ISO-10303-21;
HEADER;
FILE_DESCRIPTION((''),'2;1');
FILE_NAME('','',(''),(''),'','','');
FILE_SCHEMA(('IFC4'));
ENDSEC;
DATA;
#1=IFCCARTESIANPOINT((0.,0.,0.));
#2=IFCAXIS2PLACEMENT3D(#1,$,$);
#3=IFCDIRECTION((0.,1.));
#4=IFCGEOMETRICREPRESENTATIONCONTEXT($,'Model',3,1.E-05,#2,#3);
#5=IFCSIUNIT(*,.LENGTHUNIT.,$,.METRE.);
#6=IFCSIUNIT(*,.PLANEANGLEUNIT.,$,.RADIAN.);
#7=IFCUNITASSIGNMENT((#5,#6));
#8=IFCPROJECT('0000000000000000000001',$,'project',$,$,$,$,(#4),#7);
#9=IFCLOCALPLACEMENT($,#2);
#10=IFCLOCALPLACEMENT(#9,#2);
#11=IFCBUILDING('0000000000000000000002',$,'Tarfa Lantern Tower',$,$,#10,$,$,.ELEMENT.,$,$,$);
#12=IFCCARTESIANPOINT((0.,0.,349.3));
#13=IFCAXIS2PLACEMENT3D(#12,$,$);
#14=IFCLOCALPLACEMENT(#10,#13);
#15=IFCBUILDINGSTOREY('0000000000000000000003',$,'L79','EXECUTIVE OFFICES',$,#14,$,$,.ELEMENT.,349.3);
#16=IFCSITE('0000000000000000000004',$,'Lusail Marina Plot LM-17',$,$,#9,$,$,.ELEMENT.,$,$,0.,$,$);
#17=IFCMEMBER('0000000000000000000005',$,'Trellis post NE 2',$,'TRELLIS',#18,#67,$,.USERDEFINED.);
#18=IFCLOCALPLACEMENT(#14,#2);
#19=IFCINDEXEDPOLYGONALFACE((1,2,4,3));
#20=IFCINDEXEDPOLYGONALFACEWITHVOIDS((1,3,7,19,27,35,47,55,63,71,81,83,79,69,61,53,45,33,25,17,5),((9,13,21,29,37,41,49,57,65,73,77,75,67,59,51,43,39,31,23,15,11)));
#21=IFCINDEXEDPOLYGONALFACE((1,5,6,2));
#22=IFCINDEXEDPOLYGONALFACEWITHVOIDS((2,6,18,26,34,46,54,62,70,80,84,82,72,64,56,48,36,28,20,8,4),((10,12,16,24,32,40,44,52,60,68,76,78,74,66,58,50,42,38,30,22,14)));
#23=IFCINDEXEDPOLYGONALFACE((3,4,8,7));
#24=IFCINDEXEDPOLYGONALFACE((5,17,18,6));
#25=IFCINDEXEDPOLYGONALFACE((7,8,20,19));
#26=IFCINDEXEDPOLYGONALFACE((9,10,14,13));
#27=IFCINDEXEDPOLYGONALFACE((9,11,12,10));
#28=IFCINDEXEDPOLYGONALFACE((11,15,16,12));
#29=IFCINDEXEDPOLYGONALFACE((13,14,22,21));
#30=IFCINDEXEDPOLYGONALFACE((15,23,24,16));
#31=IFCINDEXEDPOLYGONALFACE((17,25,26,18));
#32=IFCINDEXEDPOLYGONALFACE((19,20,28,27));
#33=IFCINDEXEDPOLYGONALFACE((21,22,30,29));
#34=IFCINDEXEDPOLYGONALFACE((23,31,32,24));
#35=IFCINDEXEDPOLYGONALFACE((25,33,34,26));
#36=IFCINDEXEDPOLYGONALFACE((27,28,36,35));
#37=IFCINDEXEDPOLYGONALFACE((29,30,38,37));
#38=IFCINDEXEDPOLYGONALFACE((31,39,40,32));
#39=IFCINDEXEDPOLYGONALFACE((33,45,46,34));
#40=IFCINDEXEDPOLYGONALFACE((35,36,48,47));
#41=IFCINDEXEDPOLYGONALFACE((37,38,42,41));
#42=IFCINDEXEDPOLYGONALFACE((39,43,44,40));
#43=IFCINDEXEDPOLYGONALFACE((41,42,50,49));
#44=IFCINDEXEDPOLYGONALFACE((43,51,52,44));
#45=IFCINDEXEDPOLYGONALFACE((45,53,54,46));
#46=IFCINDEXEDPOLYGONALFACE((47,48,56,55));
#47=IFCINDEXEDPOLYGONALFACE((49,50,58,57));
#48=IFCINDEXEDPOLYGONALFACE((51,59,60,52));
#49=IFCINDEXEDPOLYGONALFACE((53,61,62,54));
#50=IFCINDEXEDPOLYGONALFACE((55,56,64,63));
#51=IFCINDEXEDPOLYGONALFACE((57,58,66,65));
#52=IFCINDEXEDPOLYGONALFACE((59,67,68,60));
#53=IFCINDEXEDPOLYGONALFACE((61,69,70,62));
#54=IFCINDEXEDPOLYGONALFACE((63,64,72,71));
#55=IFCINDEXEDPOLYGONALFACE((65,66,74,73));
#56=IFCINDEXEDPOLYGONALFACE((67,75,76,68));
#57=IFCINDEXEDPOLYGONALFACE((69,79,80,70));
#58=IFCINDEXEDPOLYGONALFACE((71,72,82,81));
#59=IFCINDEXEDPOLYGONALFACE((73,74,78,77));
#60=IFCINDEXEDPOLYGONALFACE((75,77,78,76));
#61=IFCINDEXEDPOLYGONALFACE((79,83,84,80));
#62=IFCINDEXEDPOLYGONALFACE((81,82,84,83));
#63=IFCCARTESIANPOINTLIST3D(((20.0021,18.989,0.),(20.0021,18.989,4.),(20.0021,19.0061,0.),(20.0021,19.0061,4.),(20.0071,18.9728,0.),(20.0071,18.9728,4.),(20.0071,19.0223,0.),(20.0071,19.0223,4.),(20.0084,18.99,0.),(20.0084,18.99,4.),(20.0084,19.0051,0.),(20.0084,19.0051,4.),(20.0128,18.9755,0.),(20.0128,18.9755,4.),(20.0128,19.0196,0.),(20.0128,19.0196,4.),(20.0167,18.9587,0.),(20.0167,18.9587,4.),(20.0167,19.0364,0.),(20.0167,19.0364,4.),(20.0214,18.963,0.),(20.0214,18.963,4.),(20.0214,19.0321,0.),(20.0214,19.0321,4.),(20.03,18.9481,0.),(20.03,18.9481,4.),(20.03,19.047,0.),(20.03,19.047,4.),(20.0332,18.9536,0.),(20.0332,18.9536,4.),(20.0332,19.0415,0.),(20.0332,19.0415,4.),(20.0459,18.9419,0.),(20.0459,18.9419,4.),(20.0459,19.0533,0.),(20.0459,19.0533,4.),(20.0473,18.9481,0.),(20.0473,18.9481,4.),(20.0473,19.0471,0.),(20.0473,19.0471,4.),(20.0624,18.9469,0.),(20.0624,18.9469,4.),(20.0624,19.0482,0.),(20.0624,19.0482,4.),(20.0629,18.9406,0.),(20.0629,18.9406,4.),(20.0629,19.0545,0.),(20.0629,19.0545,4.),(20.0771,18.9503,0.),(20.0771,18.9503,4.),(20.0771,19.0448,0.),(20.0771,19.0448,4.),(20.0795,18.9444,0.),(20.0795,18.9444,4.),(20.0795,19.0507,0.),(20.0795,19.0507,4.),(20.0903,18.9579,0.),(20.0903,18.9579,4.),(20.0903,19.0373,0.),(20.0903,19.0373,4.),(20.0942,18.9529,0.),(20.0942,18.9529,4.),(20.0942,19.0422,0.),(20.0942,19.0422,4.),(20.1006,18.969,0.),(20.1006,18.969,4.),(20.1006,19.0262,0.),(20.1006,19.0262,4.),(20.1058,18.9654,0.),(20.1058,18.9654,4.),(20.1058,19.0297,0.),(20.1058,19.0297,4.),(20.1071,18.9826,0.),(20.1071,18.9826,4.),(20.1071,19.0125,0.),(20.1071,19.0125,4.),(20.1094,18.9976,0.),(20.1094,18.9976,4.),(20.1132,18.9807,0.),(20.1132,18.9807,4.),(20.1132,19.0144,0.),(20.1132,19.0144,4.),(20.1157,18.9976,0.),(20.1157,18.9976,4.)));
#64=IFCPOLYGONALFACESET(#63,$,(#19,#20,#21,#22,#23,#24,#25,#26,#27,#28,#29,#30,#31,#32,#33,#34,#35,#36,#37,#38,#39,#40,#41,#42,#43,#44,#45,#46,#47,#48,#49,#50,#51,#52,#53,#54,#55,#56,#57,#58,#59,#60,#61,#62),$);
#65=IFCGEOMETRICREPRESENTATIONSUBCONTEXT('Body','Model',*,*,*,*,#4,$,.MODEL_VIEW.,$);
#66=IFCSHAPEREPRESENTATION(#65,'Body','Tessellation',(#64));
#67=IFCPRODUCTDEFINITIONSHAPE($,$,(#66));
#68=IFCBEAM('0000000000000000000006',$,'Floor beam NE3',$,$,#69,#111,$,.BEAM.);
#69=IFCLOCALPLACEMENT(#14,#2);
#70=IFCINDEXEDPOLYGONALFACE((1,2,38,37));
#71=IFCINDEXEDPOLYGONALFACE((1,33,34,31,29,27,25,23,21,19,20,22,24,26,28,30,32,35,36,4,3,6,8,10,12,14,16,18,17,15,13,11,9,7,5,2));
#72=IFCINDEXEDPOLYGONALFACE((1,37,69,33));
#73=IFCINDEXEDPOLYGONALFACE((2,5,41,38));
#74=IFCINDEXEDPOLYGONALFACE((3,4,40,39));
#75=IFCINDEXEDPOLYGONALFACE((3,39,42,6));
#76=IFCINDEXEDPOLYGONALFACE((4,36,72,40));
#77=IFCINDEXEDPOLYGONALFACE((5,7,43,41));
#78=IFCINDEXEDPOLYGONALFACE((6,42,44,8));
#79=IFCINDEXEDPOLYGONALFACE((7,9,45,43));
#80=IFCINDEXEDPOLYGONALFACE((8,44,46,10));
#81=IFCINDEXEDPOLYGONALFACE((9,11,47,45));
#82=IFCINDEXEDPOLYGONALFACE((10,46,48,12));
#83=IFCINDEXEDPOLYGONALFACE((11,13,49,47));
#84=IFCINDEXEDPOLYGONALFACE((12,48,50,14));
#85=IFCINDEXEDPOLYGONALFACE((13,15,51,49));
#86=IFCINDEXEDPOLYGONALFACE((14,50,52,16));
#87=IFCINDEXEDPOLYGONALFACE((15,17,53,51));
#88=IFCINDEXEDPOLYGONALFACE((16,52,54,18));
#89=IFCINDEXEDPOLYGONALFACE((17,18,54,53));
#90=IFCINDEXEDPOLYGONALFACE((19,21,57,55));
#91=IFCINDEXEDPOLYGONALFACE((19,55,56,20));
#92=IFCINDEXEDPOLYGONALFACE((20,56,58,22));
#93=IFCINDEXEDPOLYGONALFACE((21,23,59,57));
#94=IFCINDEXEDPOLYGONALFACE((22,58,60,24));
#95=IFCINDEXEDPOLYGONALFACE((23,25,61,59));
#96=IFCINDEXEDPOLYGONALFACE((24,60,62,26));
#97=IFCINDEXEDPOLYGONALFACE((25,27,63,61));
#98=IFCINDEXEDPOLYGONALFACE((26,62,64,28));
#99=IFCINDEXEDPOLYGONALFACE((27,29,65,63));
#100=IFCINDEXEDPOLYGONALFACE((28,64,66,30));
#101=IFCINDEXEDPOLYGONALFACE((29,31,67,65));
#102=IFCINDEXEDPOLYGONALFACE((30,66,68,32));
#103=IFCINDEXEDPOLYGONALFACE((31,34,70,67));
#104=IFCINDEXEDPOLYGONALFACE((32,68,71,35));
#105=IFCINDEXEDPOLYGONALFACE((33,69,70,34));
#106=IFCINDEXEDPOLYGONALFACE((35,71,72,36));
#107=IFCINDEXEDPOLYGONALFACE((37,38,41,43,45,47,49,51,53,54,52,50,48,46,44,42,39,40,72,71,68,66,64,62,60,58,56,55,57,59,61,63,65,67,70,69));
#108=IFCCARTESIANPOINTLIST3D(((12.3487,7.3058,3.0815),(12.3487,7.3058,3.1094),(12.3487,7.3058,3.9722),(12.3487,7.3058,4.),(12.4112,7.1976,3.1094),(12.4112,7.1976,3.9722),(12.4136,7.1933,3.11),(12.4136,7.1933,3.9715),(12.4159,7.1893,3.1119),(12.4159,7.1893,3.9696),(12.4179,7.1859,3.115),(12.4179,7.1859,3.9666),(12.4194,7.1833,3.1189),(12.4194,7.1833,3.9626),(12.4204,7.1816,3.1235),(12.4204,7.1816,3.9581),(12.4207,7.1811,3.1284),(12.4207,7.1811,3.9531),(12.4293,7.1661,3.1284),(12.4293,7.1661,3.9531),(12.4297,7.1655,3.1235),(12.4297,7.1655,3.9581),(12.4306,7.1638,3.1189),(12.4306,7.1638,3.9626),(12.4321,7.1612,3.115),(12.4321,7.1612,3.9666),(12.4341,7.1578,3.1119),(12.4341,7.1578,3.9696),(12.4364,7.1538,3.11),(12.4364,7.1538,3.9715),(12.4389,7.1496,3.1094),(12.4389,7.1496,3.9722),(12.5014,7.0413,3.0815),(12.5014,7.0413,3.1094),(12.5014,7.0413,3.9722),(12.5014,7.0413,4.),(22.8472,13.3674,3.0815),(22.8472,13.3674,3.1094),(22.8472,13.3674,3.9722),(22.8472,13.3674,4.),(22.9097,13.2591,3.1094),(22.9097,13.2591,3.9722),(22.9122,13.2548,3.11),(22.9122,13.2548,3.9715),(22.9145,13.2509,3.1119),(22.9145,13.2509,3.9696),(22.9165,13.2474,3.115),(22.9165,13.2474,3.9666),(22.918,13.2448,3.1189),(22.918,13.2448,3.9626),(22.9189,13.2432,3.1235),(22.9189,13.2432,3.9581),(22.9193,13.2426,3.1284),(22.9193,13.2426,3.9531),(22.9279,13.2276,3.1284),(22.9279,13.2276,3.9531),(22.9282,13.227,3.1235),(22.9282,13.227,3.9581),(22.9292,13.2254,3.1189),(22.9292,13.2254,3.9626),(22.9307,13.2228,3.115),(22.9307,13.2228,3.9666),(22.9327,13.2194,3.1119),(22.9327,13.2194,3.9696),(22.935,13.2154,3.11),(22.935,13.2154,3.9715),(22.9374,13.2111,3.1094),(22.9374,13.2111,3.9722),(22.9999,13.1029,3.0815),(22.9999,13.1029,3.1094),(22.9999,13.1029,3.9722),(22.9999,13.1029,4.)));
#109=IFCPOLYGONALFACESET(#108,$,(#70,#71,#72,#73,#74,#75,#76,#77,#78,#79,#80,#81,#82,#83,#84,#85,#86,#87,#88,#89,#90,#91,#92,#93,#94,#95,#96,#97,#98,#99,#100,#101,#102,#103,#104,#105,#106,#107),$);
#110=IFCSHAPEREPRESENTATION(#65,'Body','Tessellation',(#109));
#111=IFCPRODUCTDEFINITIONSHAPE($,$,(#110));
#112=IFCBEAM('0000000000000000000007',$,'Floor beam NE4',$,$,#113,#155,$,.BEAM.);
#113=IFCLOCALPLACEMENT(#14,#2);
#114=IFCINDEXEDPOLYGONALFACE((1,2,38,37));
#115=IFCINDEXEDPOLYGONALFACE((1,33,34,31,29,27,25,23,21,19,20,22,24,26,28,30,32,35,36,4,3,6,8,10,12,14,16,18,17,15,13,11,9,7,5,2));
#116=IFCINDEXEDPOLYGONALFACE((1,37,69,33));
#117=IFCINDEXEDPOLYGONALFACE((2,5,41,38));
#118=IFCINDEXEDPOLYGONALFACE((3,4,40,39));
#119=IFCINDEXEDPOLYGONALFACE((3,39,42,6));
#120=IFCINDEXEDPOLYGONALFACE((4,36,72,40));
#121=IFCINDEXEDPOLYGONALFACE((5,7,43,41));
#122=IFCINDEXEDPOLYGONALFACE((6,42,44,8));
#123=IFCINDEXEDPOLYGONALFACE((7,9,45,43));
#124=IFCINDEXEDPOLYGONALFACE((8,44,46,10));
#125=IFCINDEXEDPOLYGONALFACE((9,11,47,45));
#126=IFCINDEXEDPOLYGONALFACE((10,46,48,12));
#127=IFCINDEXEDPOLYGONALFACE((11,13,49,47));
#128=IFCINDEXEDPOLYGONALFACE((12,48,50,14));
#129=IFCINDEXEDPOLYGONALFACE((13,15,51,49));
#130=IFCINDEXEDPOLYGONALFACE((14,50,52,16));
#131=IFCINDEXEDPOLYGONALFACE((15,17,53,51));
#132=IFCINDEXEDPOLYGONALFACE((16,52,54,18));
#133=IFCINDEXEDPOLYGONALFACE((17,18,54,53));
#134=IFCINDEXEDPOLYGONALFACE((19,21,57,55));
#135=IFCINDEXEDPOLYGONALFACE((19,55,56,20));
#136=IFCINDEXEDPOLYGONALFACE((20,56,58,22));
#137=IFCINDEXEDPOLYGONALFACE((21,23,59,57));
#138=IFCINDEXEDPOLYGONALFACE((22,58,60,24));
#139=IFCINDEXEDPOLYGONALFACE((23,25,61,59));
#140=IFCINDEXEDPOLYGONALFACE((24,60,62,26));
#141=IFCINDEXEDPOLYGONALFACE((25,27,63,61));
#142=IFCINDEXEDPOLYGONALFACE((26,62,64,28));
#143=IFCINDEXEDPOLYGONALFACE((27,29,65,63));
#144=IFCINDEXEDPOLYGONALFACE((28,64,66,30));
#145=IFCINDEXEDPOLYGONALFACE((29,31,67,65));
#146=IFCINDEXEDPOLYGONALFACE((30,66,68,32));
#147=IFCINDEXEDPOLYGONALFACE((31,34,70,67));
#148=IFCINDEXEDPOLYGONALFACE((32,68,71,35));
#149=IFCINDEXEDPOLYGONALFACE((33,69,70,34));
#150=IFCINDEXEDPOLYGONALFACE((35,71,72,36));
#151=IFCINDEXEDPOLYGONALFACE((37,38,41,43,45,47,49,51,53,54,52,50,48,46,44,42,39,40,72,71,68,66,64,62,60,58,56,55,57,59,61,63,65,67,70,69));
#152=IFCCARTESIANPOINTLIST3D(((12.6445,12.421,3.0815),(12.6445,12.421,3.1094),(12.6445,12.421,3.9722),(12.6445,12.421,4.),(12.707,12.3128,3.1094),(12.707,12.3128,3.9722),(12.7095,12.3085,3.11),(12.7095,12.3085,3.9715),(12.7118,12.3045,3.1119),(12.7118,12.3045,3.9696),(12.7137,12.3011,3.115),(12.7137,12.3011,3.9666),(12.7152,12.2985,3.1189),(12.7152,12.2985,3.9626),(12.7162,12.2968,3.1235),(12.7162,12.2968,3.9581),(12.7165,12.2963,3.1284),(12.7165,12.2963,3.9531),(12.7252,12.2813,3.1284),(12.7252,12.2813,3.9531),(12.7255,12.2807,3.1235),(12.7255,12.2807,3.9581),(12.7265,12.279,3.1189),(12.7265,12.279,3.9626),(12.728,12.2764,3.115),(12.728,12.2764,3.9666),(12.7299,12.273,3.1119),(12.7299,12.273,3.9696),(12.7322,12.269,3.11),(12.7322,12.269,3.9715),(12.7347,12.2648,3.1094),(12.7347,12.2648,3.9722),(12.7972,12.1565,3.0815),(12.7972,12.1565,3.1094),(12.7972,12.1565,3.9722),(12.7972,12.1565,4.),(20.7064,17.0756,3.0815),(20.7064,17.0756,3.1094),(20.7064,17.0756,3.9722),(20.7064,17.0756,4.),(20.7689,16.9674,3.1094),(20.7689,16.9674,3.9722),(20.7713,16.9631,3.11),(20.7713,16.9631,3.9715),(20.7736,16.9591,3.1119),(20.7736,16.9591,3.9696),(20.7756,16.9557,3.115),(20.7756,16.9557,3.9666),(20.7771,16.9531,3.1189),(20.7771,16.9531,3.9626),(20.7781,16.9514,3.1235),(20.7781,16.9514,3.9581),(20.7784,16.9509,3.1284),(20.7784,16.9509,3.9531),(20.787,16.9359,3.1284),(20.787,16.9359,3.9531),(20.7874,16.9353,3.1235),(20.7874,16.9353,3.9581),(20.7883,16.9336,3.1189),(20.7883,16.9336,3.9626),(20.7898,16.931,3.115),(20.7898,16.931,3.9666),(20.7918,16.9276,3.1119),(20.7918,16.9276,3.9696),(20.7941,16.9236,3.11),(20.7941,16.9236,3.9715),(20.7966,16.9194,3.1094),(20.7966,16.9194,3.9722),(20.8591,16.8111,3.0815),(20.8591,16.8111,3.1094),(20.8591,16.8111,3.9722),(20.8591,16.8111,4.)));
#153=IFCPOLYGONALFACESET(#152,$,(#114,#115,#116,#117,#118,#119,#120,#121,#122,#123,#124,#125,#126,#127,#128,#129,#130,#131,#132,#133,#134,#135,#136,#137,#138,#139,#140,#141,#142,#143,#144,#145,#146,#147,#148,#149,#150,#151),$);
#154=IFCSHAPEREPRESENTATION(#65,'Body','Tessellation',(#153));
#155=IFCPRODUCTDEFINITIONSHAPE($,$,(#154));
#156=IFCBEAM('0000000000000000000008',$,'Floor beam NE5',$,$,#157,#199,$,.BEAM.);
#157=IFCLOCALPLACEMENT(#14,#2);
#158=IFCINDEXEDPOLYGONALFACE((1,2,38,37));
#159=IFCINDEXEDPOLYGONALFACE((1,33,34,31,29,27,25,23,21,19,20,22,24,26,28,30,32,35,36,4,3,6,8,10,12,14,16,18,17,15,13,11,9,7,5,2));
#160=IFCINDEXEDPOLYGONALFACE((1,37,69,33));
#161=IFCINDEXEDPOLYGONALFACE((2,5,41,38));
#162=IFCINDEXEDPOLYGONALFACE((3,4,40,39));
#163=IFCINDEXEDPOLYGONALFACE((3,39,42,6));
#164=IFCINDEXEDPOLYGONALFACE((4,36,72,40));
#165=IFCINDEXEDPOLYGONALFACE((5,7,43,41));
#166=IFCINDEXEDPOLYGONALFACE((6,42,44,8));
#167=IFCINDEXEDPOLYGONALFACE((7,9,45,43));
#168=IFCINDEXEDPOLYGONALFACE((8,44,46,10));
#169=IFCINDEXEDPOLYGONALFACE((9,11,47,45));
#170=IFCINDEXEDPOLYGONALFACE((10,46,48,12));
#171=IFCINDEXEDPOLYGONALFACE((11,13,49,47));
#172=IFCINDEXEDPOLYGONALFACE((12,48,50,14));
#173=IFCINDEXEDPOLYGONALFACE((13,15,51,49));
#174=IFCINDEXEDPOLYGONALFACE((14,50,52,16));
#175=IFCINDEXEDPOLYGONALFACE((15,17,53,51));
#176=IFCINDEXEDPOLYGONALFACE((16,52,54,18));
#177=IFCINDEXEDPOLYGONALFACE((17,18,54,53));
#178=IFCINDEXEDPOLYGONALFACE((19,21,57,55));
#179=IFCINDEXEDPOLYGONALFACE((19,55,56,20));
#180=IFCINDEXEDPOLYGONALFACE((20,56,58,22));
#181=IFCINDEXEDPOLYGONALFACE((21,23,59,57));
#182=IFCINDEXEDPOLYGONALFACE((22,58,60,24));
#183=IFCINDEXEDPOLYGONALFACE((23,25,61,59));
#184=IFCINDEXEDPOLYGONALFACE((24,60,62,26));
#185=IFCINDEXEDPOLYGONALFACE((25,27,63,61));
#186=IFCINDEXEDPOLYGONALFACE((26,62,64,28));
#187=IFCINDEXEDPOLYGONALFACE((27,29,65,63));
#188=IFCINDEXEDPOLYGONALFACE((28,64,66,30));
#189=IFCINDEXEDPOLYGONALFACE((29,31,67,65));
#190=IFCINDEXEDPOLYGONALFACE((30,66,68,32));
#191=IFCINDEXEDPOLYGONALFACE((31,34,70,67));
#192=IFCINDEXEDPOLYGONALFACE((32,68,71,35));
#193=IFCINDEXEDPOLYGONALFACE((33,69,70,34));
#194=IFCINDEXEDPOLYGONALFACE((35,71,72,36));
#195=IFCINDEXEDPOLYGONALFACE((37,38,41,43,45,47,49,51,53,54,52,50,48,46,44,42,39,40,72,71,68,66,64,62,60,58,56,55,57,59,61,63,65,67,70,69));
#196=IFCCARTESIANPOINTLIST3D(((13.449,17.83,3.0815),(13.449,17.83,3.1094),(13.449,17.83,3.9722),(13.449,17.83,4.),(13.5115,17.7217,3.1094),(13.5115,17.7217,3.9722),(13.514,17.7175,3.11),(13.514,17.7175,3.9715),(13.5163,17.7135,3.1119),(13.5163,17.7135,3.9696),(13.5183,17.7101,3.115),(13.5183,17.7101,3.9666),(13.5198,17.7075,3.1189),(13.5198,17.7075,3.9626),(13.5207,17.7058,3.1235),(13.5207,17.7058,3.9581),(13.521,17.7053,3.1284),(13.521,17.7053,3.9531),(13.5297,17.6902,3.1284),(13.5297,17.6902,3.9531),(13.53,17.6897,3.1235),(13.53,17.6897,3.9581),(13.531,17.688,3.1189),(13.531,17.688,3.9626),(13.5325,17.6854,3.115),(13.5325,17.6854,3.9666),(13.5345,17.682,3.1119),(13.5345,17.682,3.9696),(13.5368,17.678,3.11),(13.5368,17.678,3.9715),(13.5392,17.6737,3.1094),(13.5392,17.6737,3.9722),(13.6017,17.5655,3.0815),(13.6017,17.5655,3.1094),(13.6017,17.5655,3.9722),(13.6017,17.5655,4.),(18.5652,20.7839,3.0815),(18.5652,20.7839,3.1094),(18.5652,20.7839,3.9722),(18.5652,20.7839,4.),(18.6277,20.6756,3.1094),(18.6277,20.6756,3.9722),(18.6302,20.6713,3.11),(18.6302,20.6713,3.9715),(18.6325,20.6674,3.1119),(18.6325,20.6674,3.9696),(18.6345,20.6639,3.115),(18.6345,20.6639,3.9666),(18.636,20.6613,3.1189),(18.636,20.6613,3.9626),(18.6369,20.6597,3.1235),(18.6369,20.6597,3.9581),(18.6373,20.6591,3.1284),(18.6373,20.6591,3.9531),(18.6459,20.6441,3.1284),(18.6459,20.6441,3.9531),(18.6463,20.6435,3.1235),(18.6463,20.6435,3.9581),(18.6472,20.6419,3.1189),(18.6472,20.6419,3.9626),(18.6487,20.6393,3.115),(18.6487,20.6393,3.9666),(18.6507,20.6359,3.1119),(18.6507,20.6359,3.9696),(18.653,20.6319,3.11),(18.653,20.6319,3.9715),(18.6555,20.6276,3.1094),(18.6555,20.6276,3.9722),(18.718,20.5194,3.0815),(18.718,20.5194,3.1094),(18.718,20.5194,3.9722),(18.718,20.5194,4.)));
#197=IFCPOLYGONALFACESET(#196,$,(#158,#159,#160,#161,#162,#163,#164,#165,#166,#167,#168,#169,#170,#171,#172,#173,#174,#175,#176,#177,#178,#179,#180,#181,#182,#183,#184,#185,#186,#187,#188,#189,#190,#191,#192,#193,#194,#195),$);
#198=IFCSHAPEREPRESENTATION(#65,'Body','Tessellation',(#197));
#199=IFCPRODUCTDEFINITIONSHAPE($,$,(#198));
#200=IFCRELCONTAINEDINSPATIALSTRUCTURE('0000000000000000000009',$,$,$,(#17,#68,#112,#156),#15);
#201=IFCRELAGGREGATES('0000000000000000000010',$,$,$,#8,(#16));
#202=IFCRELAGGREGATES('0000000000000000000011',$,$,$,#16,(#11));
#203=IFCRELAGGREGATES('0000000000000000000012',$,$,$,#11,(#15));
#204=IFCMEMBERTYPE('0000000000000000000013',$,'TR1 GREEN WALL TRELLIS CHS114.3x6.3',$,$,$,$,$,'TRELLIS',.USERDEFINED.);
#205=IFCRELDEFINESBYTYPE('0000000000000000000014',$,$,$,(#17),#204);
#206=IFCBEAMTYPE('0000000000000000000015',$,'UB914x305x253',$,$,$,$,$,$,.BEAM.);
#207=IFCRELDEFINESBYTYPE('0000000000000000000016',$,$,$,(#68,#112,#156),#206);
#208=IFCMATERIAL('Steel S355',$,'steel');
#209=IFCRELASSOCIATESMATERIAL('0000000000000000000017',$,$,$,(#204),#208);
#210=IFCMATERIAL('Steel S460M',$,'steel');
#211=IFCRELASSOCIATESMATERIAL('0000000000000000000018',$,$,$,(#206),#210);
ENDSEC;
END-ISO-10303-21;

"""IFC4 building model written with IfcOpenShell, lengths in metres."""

from ifc_helpers import new_model, si_unit, direction, frame, origin, origin_2d, place, context, subcontext, project, spatial, hollow_circle, i_section, extrude, material, material_profile, profile_set, type_object, element, save


model = new_model("IFC4")

# Units and contexts
model_context = context("Model", 3, precision=1e-05, world=origin(), true_north=direction((0.0, 1.0)))
body_context = subcontext(model_context, "Body", "Model", "MODEL_VIEW")
ifc_project = project(units=[si_unit("LENGTHUNIT", "METRE"), si_unit("PLANEANGLEUNIT", "RADIAN")], contexts=[model_context])

# Site, building, storey
site_placement = place(None, origin())
site = spatial("IfcSite", under=ifc_project, at=site_placement, Name="Lusail Marina Plot LM-17", CompositionType="ELEMENT", RefElevation=0.0)
building_placement = place(site_placement, origin())
building = spatial("IfcBuilding", under=site, at=building_placement, Name="Tarfa Lantern Tower", CompositionType="ELEMENT")
storey_placement = place(building_placement, frame((0.0, 0.0, 349.3)))
storey = spatial("IfcBuildingStorey", under=building, at=storey_placement, Name="L79", Description="EXECUTIVE OFFICES", CompositionType="ELEMENT", Elevation=349.3)

# Member
ifc_material_1 = material(Name="Steel S355", Category="steel")
ifc_material_profile_1 = material_profile(ifc_material_1, hollow_circle(Radius=0.0571, WallThickness=0.0063, at=origin_2d()), Name="CHS114.3x6.3")
ifc_profile_set_1 = profile_set([ifc_material_profile_1], Name="Steel S355")
member_type_1 = type_object("IfcMemberType", Name="TR1 GREEN WALL TRELLIS CHS114.3x6.3", ElementType="TRELLIS", PredefinedType="USERDEFINED", material=ifc_profile_set_1)
member_1_placement = place(storey_placement, frame((20.0586, 18.9976, 0.0), z_axis=(0.0, 0.0, 1.0), x_axis=(1.0, 0.0, 0.0)))
element("IfcMember", 1, at=member_1_placement, inside=storey, type_object=member_type_1, Name="Trellis post NE 2", ObjectType="TRELLIS", PredefinedType="USERDEFINED", context=body_context, shape_type="SweptSolid", body=[
    extrude(hollow_circle(Radius=0.0571, WallThickness=0.0063, at=origin_2d()), origin(), (0.0, 0.0, 1.0), 4.0),
])

# Beams
ifc_material_2 = material(Name="Steel S460M", Category="steel")
ifc_material_profile_2 = material_profile(ifc_material_2, i_section(OverallWidth=0.3054, OverallDepth=0.9185, WebThickness=0.0173, FlangeThickness=0.0278, FilletRadius=0.019, at=origin_2d()), Name="UB914x305x253")
ifc_profile_set_2 = profile_set([ifc_material_profile_2], Name="Steel S460M")
beam_type_1 = type_object("IfcBeamType", Name="UB914x305x253", PredefinedType="BEAM", material=ifc_profile_set_2)
beam_1_placement = place(storey_placement, frame((22.9236, 13.2351, 3.5408), z_axis=(-0.866019, -0.500012, 0.0), x_axis=(0.500012, -0.866019, 0.0)))
element("IfcBeam", 2, at=beam_1_placement, inside=storey, type_object=beam_type_1, Name="Floor beam NE3", PredefinedType="BEAM", context=body_context, shape_type="SweptSolid", body=[
    extrude(i_section(OverallWidth=0.3054, OverallDepth=0.9185, WebThickness=0.0173, FlangeThickness=0.0278, FilletRadius=0.019, at=origin_2d()), origin(), (0.0, 0.0, 1.0), 12.1228),
])
beam_2_placement = place(storey_placement, frame((20.7827, 16.9434, 3.5408), z_axis=(-0.866022, -0.500006, 0.0), x_axis=(0.500006, -0.866022, 0.0)))
element("IfcBeam", 3, at=beam_2_placement, inside=storey, type_object=beam_type_1, Name="Floor beam NE4", PredefinedType="BEAM", context=body_context, shape_type="SweptSolid", body=[
    extrude(i_section(OverallWidth=0.3054, OverallDepth=0.9185, WebThickness=0.0173, FlangeThickness=0.0278, FilletRadius=0.019, at=origin_2d()), origin(), (0.0, 0.0, 1.0), 9.3091),
])
beam_3_placement = place(storey_placement, frame((18.6416, 20.6516, 3.5408), z_axis=(-0.866025, -0.500001, 0.0), x_axis=(0.500001, -0.866025, 0.0)))
element("IfcBeam", 4, at=beam_3_placement, inside=storey, type_object=beam_type_1, Name="Floor beam NE5", PredefinedType="BEAM", context=body_context, shape_type="SweptSolid", body=[
    extrude(i_section(OverallWidth=0.3054, OverallDepth=0.9185, WebThickness=0.0173, FlangeThickness=0.0278, FilletRadius=0.019, at=origin_2d()), origin(), (0.0, 0.0, 1.0), 5.9077),
])

save(model, "model.ifc")
